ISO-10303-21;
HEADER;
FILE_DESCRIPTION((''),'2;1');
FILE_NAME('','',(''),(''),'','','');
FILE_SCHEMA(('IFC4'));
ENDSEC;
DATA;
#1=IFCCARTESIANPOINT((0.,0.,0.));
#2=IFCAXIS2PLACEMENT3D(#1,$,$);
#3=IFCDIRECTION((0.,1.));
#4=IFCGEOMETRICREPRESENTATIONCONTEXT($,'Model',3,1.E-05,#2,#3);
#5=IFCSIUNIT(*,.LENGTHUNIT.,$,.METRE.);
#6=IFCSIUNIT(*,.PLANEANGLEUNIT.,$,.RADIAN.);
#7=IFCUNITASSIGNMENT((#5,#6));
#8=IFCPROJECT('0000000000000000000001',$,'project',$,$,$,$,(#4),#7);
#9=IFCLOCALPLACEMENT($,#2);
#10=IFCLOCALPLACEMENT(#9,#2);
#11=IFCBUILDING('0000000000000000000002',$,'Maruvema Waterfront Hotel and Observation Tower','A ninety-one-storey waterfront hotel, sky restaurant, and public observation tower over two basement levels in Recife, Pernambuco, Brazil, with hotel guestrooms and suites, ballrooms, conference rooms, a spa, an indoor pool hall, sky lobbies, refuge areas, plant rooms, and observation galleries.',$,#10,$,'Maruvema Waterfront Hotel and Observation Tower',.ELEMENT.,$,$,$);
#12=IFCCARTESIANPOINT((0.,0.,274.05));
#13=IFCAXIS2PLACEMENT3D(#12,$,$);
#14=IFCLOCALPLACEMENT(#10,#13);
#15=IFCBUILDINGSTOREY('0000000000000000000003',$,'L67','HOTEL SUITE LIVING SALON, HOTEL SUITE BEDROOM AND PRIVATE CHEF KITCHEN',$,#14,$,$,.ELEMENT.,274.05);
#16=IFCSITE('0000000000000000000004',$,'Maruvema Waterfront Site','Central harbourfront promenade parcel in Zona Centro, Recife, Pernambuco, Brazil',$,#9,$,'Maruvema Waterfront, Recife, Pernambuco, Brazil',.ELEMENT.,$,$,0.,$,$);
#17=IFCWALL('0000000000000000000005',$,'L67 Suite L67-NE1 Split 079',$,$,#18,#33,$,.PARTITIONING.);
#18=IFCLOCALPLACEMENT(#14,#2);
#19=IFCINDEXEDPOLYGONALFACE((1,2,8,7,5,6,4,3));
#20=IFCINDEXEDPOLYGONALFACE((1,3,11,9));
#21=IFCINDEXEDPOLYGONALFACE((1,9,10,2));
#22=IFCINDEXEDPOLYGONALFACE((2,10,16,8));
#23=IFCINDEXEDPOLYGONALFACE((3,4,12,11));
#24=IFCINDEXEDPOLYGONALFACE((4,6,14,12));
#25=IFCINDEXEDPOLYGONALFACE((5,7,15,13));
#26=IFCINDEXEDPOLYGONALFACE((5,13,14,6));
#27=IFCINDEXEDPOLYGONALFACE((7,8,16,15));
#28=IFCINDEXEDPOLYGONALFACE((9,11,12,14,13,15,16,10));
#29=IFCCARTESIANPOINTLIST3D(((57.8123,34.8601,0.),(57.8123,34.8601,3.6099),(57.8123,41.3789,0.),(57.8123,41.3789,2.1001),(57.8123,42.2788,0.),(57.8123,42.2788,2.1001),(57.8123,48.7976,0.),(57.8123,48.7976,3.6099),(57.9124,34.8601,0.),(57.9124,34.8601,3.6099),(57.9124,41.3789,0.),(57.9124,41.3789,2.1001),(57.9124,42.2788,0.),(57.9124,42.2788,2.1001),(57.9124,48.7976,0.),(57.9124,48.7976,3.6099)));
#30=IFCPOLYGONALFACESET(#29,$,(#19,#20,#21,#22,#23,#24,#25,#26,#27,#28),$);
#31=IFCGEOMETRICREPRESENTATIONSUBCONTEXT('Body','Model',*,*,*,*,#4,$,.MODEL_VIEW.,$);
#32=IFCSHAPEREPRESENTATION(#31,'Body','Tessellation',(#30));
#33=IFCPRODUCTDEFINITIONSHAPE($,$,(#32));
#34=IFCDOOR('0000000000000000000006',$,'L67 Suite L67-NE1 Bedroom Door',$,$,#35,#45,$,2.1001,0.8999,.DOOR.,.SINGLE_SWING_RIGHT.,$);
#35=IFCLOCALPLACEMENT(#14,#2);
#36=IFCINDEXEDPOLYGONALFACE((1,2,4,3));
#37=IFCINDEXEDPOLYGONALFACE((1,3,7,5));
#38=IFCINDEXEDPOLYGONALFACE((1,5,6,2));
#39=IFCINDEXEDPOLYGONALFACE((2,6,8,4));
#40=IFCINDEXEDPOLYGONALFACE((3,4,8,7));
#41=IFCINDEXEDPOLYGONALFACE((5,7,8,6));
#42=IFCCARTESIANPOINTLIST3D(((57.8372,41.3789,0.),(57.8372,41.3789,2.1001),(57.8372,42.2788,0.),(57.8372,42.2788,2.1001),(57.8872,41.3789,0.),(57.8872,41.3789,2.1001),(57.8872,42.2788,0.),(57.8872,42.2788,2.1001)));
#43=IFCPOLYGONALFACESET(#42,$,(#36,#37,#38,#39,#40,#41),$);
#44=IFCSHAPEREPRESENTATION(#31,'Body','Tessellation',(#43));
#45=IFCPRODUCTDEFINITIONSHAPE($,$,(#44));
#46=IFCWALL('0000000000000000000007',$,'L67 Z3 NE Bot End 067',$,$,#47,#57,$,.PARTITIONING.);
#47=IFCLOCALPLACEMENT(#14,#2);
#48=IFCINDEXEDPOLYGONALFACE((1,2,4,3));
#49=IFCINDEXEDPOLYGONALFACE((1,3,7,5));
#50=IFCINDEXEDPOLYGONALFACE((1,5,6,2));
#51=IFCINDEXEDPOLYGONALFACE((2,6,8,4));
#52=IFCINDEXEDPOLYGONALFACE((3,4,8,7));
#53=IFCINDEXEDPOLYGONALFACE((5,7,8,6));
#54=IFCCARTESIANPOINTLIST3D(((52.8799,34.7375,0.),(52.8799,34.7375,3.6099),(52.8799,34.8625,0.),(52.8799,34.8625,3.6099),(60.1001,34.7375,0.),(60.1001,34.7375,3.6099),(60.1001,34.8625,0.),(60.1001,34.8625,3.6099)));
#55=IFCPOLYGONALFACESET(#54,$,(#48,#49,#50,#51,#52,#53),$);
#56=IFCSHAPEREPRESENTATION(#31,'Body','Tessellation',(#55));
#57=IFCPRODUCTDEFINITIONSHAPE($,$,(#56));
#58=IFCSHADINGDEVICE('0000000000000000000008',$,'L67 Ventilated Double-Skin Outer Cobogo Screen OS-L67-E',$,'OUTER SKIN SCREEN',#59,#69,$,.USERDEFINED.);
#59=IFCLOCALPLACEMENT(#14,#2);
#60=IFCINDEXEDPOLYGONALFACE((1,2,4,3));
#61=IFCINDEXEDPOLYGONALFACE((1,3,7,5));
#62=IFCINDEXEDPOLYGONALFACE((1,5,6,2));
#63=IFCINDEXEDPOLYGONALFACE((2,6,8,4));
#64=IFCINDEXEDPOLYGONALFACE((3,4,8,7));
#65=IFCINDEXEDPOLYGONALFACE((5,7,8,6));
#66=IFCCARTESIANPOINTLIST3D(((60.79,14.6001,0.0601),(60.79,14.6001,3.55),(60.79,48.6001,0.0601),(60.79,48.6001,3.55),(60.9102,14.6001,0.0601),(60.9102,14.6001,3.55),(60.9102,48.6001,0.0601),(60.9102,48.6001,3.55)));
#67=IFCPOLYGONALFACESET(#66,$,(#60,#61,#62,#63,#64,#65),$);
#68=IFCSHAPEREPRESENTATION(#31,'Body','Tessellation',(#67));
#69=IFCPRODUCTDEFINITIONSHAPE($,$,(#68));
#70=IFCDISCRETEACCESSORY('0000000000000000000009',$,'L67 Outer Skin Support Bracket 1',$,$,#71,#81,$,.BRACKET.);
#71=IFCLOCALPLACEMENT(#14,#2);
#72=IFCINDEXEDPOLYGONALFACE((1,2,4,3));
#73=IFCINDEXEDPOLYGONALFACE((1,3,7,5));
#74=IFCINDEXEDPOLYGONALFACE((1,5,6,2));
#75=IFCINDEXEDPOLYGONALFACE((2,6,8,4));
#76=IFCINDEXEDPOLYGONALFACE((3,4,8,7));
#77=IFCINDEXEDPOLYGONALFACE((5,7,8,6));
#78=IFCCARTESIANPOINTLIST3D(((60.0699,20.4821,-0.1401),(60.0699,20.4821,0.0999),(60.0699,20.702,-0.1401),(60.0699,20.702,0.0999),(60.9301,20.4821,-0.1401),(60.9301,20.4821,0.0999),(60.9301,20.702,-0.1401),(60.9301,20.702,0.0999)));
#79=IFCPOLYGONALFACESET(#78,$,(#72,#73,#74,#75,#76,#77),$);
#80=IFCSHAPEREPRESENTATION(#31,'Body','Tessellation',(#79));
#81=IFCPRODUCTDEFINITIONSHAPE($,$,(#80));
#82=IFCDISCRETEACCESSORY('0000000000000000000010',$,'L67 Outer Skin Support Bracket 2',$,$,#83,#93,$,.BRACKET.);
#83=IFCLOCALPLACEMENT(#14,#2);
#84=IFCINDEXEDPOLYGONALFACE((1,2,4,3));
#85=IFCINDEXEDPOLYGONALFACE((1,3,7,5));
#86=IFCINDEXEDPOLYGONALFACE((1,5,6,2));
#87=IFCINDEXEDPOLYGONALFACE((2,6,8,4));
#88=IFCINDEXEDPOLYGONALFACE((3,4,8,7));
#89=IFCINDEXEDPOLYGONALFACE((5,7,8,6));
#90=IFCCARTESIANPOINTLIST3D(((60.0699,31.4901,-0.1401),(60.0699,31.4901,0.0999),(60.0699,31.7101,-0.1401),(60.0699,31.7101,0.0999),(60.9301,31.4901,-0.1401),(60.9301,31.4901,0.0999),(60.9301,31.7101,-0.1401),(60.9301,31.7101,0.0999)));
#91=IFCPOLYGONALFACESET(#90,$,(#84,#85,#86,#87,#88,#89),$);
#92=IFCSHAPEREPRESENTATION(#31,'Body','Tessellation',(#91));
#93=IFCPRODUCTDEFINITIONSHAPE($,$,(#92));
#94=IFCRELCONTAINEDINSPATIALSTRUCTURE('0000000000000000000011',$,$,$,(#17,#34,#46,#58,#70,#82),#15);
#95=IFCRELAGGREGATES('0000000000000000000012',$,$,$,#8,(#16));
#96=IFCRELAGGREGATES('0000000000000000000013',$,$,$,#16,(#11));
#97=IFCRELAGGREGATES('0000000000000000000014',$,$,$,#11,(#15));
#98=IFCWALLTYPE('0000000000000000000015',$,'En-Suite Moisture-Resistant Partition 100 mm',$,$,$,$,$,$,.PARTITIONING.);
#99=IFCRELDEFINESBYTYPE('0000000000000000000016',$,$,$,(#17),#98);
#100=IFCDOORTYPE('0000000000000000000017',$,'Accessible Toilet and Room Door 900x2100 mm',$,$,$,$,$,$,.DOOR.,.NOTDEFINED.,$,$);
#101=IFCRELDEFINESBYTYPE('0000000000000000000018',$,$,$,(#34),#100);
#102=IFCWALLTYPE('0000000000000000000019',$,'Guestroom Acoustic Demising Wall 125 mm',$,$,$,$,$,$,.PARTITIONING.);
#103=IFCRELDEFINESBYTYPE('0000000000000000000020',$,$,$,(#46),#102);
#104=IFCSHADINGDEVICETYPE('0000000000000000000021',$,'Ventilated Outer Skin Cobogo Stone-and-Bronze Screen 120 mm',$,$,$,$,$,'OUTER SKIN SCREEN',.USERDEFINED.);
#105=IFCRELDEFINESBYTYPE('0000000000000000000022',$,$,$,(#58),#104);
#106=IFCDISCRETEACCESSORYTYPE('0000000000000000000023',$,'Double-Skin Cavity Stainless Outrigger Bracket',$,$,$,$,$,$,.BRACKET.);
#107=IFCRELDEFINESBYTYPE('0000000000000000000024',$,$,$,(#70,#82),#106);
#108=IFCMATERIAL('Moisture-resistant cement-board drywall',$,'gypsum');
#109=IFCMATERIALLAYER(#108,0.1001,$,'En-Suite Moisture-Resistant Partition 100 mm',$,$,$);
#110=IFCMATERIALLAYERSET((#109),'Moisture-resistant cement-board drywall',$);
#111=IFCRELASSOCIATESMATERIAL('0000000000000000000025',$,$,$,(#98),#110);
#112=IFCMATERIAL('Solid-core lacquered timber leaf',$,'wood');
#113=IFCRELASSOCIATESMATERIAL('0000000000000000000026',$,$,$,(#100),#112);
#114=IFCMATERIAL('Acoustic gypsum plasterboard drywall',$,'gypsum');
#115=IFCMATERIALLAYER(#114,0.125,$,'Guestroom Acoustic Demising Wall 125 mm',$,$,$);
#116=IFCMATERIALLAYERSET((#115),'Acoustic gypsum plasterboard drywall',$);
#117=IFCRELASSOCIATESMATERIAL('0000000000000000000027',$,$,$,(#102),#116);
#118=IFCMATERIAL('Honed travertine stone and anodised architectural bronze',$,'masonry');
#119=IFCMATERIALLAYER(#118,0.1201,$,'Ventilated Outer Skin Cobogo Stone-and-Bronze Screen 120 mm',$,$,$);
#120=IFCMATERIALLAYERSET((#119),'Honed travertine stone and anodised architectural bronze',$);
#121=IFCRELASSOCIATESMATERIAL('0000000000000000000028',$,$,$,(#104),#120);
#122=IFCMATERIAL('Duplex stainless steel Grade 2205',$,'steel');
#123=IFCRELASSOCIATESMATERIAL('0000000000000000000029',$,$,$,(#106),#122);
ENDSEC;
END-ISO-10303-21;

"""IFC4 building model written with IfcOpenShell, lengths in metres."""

from ifc_helpers import new_model, si_unit, direction, frame, frame_2d, origin, origin_2d, place, context, subcontext, project, spatial, rectangle, extrude, material, layer, layer_set, type_object, element, fill, save


model = new_model("IFC4")

# Units and contexts
model_context = context("Model", 3, precision=1e-05, world=origin(), true_north=direction((0.0, 1.0)))
body_context = subcontext(model_context, "Body", "Model", "MODEL_VIEW")
ifc_project = project(units=[si_unit("LENGTHUNIT", "METRE"), si_unit("PLANEANGLEUNIT", "RADIAN")], contexts=[model_context])

# Site, building, storey
site_placement = place(None, origin())
site = spatial("IfcSite", under=ifc_project, at=site_placement, Name="Maruvema Waterfront Site", Description="Central harbourfront promenade parcel in Zona Centro, Recife, Pernambuco, Brazil", LongName="Maruvema Waterfront, Recife, Pernambuco, Brazil", CompositionType="ELEMENT", RefElevation=0.0)
building_placement = place(site_placement, origin())
building = spatial("IfcBuilding", under=site, at=building_placement, Name="Maruvema Waterfront Hotel and Observation Tower", Description="A ninety-one-storey waterfront hotel, sky restaurant, and public observation tower over two basement levels in Recife, Pernambuco, Brazil, with hotel guestrooms and suites, ballrooms, conference rooms, a spa, an indoor pool hall, sky lobbies, refuge areas, plant rooms, and observation galleries.", LongName="Maruvema Waterfront Hotel and Observation Tower", CompositionType="ELEMENT")
storey_placement = place(building_placement, frame((0.0, 0.0, 274.05)))
storey = spatial("IfcBuildingStorey", under=building, at=storey_placement, Name="L67", Description="HOTEL SUITE LIVING SALON, HOTEL SUITE BEDROOM AND PRIVATE CHEF KITCHEN", CompositionType="ELEMENT", Elevation=274.05)

# Wall, opening, door
ifc_material_1 = material(Name="Moisture-resistant cement-board drywall", Category="gypsum")
ifc_layer_1 = layer(ifc_material_1, 0.1001, Name="En-Suite Moisture-Resistant Partition 100 mm")
ifc_layer_set_1 = layer_set([ifc_layer_1], Name="Moisture-resistant cement-board drywall")
wall_type_1 = type_object("IfcWallType", Name="En-Suite Moisture-Resistant Partition 100 mm", PredefinedType="PARTITIONING", material=ifc_layer_set_1)
wall_1_placement = place(storey_placement, frame((57.8623, 34.8601, 0.0), z_axis=(0.0, 0.0, 1.0), x_axis=(0.0, 1.0, 0.0)))
wall_1 = element("IfcWall", 1, at=wall_1_placement, inside=storey, type_object=wall_type_1, Name="L67 Suite L67-NE1 Split 079", PredefinedType="PARTITIONING", context=body_context, shape_type="SweptSolid", body=[
    extrude(rectangle(XDim=13.9375, YDim=0.1001, at=frame_2d((6.9688, 0.0))), origin(), (0.0, 0.0, 1.0), 3.6099),
])
opening_1_placement = place(wall_1_placement, frame((6.5188, 0.0, 0.0)))
opening_1 = element("IfcOpeningElement", 2, at=opening_1_placement, cuts=wall_1, PredefinedType="OPENING", context=body_context, shape_type="SweptSolid", body=[
    extrude(rectangle(XDim=0.8999, YDim=2.1001, at=frame_2d((0.45, 1.05))), frame((0.0, 0.0601, 0.0), z_axis=(0.0, -1.0, 0.0), x_axis=(1.0, 0.0, 0.0)), (0.0, 0.0, 1.0), 0.1201),
])
ifc_material_2 = material(Name="Solid-core lacquered timber leaf", Category="wood")
door_type_1 = type_object("IfcDoorType", Name="Accessible Toilet and Room Door 900x2100 mm", OperationType="NOTDEFINED", PredefinedType="DOOR", material=ifc_material_2)
door_1_placement = place(opening_1_placement, frame((0.8999, 0.0, 0.0), z_axis=(0.0, 0.0, 1.0), x_axis=(-1.0, 0.0, 0.0)))
door_1 = element("IfcDoor", 3, at=door_1_placement, inside=storey, type_object=door_type_1, Name="L67 Suite L67-NE1 Bedroom Door", OperationType="SINGLE_SWING_RIGHT", OverallHeight=2.1001, OverallWidth=0.8999, PredefinedType="DOOR", context=body_context, shape_type="SweptSolid", body=[
    extrude(rectangle(XDim=0.8999, YDim=2.1001, at=frame_2d((0.45, 1.05))), frame((0.0, 0.0249, 0.0), z_axis=(0.0, -1.0, 0.0), x_axis=(1.0, 0.0, 0.0)), (0.0, 0.0, 1.0), 0.05),
])
fill(opening_1, door_1)

# Wall
ifc_material_3 = material(Name="Acoustic gypsum plasterboard drywall", Category="gypsum")
ifc_layer_2 = layer(ifc_material_3, 0.125, Name="Guestroom Acoustic Demising Wall 125 mm")
ifc_layer_set_2 = layer_set([ifc_layer_2], Name="Acoustic gypsum plasterboard drywall")
wall_type_2 = type_object("IfcWallType", Name="Guestroom Acoustic Demising Wall 125 mm", PredefinedType="PARTITIONING", material=ifc_layer_set_2)
wall_2_placement = place(storey_placement, frame((52.8799, 34.8, 0.0), z_axis=(0.0, 0.0, 1.0), x_axis=(1.0, 0.0, 0.0)))
element("IfcWall", 4, at=wall_2_placement, inside=storey, type_object=wall_type_2, Name="L67 Z3 NE Bot End 067", PredefinedType="PARTITIONING", context=body_context, shape_type="SweptSolid", body=[
    extrude(rectangle(XDim=7.2202, YDim=0.125, at=frame_2d((3.6101, 0.0))), origin(), (0.0, 0.0, 1.0), 3.6099),
])

# Shading device
ifc_material_4 = material(Name="Honed travertine stone and anodised architectural bronze", Category="masonry")
ifc_layer_3 = layer(ifc_material_4, 0.1201, Name="Ventilated Outer Skin Cobogo Stone-and-Bronze Screen 120 mm")
ifc_layer_set_3 = layer_set([ifc_layer_3], Name="Honed travertine stone and anodised architectural bronze")
shading_device_type = type_object("IfcShadingDeviceType", Name="Ventilated Outer Skin Cobogo Stone-and-Bronze Screen 120 mm", ElementType="OUTER SKIN SCREEN", PredefinedType="USERDEFINED", material=ifc_layer_set_3)
shading_device_placement = place(storey_placement, frame((60.8501, 31.6001, 0.0601), z_axis=(0.0, 0.0, 1.0), x_axis=(0.0, 1.0, 0.0)))
element("IfcShadingDevice", 5, at=shading_device_placement, inside=storey, type_object=shading_device_type, Name="L67 Ventilated Double-Skin Outer Cobogo Screen OS-L67-E", ObjectType="OUTER SKIN SCREEN", PredefinedType="USERDEFINED", context=body_context, shape_type="SweptSolid", body=[
    extrude(rectangle(XDim=34.0, YDim=0.1201, at=origin_2d()), origin(), (0.0, 0.0, 1.0), 3.49),
])

# Discrete accessories
ifc_material_5 = material(Name="Duplex stainless steel Grade 2205", Category="steel")
discrete_accessory_type = type_object("IfcDiscreteAccessoryType", Name="Double-Skin Cavity Stainless Outrigger Bracket", PredefinedType="BRACKET", material=ifc_material_5)
for number, where, z_axis, x_axis, name in (
    (6, (60.5, 20.592, -0.1401), (0.0, 0.0, 1.0), (0.0, 1.0, 0.0), "L67 Outer Skin Support Bracket 1"),
    (7, (60.5, 31.6001, -0.1401), (0.0, 0.0, 1.0), (0.0, 1.0, 0.0), "L67 Outer Skin Support Bracket 2"),
):
    element("IfcDiscreteAccessory", number, at=place(storey_placement, frame(where, z_axis=z_axis, x_axis=x_axis)), inside=storey, type_object=discrete_accessory_type, Name=name, PredefinedType="BRACKET", context=body_context, shape_type="SweptSolid", body=[
        extrude(rectangle(XDim=0.22, YDim=0.8601, at=origin_2d()), origin(), (0.0, 0.0, 1.0), 0.24),
    ])

save(model, "model.ifc")
